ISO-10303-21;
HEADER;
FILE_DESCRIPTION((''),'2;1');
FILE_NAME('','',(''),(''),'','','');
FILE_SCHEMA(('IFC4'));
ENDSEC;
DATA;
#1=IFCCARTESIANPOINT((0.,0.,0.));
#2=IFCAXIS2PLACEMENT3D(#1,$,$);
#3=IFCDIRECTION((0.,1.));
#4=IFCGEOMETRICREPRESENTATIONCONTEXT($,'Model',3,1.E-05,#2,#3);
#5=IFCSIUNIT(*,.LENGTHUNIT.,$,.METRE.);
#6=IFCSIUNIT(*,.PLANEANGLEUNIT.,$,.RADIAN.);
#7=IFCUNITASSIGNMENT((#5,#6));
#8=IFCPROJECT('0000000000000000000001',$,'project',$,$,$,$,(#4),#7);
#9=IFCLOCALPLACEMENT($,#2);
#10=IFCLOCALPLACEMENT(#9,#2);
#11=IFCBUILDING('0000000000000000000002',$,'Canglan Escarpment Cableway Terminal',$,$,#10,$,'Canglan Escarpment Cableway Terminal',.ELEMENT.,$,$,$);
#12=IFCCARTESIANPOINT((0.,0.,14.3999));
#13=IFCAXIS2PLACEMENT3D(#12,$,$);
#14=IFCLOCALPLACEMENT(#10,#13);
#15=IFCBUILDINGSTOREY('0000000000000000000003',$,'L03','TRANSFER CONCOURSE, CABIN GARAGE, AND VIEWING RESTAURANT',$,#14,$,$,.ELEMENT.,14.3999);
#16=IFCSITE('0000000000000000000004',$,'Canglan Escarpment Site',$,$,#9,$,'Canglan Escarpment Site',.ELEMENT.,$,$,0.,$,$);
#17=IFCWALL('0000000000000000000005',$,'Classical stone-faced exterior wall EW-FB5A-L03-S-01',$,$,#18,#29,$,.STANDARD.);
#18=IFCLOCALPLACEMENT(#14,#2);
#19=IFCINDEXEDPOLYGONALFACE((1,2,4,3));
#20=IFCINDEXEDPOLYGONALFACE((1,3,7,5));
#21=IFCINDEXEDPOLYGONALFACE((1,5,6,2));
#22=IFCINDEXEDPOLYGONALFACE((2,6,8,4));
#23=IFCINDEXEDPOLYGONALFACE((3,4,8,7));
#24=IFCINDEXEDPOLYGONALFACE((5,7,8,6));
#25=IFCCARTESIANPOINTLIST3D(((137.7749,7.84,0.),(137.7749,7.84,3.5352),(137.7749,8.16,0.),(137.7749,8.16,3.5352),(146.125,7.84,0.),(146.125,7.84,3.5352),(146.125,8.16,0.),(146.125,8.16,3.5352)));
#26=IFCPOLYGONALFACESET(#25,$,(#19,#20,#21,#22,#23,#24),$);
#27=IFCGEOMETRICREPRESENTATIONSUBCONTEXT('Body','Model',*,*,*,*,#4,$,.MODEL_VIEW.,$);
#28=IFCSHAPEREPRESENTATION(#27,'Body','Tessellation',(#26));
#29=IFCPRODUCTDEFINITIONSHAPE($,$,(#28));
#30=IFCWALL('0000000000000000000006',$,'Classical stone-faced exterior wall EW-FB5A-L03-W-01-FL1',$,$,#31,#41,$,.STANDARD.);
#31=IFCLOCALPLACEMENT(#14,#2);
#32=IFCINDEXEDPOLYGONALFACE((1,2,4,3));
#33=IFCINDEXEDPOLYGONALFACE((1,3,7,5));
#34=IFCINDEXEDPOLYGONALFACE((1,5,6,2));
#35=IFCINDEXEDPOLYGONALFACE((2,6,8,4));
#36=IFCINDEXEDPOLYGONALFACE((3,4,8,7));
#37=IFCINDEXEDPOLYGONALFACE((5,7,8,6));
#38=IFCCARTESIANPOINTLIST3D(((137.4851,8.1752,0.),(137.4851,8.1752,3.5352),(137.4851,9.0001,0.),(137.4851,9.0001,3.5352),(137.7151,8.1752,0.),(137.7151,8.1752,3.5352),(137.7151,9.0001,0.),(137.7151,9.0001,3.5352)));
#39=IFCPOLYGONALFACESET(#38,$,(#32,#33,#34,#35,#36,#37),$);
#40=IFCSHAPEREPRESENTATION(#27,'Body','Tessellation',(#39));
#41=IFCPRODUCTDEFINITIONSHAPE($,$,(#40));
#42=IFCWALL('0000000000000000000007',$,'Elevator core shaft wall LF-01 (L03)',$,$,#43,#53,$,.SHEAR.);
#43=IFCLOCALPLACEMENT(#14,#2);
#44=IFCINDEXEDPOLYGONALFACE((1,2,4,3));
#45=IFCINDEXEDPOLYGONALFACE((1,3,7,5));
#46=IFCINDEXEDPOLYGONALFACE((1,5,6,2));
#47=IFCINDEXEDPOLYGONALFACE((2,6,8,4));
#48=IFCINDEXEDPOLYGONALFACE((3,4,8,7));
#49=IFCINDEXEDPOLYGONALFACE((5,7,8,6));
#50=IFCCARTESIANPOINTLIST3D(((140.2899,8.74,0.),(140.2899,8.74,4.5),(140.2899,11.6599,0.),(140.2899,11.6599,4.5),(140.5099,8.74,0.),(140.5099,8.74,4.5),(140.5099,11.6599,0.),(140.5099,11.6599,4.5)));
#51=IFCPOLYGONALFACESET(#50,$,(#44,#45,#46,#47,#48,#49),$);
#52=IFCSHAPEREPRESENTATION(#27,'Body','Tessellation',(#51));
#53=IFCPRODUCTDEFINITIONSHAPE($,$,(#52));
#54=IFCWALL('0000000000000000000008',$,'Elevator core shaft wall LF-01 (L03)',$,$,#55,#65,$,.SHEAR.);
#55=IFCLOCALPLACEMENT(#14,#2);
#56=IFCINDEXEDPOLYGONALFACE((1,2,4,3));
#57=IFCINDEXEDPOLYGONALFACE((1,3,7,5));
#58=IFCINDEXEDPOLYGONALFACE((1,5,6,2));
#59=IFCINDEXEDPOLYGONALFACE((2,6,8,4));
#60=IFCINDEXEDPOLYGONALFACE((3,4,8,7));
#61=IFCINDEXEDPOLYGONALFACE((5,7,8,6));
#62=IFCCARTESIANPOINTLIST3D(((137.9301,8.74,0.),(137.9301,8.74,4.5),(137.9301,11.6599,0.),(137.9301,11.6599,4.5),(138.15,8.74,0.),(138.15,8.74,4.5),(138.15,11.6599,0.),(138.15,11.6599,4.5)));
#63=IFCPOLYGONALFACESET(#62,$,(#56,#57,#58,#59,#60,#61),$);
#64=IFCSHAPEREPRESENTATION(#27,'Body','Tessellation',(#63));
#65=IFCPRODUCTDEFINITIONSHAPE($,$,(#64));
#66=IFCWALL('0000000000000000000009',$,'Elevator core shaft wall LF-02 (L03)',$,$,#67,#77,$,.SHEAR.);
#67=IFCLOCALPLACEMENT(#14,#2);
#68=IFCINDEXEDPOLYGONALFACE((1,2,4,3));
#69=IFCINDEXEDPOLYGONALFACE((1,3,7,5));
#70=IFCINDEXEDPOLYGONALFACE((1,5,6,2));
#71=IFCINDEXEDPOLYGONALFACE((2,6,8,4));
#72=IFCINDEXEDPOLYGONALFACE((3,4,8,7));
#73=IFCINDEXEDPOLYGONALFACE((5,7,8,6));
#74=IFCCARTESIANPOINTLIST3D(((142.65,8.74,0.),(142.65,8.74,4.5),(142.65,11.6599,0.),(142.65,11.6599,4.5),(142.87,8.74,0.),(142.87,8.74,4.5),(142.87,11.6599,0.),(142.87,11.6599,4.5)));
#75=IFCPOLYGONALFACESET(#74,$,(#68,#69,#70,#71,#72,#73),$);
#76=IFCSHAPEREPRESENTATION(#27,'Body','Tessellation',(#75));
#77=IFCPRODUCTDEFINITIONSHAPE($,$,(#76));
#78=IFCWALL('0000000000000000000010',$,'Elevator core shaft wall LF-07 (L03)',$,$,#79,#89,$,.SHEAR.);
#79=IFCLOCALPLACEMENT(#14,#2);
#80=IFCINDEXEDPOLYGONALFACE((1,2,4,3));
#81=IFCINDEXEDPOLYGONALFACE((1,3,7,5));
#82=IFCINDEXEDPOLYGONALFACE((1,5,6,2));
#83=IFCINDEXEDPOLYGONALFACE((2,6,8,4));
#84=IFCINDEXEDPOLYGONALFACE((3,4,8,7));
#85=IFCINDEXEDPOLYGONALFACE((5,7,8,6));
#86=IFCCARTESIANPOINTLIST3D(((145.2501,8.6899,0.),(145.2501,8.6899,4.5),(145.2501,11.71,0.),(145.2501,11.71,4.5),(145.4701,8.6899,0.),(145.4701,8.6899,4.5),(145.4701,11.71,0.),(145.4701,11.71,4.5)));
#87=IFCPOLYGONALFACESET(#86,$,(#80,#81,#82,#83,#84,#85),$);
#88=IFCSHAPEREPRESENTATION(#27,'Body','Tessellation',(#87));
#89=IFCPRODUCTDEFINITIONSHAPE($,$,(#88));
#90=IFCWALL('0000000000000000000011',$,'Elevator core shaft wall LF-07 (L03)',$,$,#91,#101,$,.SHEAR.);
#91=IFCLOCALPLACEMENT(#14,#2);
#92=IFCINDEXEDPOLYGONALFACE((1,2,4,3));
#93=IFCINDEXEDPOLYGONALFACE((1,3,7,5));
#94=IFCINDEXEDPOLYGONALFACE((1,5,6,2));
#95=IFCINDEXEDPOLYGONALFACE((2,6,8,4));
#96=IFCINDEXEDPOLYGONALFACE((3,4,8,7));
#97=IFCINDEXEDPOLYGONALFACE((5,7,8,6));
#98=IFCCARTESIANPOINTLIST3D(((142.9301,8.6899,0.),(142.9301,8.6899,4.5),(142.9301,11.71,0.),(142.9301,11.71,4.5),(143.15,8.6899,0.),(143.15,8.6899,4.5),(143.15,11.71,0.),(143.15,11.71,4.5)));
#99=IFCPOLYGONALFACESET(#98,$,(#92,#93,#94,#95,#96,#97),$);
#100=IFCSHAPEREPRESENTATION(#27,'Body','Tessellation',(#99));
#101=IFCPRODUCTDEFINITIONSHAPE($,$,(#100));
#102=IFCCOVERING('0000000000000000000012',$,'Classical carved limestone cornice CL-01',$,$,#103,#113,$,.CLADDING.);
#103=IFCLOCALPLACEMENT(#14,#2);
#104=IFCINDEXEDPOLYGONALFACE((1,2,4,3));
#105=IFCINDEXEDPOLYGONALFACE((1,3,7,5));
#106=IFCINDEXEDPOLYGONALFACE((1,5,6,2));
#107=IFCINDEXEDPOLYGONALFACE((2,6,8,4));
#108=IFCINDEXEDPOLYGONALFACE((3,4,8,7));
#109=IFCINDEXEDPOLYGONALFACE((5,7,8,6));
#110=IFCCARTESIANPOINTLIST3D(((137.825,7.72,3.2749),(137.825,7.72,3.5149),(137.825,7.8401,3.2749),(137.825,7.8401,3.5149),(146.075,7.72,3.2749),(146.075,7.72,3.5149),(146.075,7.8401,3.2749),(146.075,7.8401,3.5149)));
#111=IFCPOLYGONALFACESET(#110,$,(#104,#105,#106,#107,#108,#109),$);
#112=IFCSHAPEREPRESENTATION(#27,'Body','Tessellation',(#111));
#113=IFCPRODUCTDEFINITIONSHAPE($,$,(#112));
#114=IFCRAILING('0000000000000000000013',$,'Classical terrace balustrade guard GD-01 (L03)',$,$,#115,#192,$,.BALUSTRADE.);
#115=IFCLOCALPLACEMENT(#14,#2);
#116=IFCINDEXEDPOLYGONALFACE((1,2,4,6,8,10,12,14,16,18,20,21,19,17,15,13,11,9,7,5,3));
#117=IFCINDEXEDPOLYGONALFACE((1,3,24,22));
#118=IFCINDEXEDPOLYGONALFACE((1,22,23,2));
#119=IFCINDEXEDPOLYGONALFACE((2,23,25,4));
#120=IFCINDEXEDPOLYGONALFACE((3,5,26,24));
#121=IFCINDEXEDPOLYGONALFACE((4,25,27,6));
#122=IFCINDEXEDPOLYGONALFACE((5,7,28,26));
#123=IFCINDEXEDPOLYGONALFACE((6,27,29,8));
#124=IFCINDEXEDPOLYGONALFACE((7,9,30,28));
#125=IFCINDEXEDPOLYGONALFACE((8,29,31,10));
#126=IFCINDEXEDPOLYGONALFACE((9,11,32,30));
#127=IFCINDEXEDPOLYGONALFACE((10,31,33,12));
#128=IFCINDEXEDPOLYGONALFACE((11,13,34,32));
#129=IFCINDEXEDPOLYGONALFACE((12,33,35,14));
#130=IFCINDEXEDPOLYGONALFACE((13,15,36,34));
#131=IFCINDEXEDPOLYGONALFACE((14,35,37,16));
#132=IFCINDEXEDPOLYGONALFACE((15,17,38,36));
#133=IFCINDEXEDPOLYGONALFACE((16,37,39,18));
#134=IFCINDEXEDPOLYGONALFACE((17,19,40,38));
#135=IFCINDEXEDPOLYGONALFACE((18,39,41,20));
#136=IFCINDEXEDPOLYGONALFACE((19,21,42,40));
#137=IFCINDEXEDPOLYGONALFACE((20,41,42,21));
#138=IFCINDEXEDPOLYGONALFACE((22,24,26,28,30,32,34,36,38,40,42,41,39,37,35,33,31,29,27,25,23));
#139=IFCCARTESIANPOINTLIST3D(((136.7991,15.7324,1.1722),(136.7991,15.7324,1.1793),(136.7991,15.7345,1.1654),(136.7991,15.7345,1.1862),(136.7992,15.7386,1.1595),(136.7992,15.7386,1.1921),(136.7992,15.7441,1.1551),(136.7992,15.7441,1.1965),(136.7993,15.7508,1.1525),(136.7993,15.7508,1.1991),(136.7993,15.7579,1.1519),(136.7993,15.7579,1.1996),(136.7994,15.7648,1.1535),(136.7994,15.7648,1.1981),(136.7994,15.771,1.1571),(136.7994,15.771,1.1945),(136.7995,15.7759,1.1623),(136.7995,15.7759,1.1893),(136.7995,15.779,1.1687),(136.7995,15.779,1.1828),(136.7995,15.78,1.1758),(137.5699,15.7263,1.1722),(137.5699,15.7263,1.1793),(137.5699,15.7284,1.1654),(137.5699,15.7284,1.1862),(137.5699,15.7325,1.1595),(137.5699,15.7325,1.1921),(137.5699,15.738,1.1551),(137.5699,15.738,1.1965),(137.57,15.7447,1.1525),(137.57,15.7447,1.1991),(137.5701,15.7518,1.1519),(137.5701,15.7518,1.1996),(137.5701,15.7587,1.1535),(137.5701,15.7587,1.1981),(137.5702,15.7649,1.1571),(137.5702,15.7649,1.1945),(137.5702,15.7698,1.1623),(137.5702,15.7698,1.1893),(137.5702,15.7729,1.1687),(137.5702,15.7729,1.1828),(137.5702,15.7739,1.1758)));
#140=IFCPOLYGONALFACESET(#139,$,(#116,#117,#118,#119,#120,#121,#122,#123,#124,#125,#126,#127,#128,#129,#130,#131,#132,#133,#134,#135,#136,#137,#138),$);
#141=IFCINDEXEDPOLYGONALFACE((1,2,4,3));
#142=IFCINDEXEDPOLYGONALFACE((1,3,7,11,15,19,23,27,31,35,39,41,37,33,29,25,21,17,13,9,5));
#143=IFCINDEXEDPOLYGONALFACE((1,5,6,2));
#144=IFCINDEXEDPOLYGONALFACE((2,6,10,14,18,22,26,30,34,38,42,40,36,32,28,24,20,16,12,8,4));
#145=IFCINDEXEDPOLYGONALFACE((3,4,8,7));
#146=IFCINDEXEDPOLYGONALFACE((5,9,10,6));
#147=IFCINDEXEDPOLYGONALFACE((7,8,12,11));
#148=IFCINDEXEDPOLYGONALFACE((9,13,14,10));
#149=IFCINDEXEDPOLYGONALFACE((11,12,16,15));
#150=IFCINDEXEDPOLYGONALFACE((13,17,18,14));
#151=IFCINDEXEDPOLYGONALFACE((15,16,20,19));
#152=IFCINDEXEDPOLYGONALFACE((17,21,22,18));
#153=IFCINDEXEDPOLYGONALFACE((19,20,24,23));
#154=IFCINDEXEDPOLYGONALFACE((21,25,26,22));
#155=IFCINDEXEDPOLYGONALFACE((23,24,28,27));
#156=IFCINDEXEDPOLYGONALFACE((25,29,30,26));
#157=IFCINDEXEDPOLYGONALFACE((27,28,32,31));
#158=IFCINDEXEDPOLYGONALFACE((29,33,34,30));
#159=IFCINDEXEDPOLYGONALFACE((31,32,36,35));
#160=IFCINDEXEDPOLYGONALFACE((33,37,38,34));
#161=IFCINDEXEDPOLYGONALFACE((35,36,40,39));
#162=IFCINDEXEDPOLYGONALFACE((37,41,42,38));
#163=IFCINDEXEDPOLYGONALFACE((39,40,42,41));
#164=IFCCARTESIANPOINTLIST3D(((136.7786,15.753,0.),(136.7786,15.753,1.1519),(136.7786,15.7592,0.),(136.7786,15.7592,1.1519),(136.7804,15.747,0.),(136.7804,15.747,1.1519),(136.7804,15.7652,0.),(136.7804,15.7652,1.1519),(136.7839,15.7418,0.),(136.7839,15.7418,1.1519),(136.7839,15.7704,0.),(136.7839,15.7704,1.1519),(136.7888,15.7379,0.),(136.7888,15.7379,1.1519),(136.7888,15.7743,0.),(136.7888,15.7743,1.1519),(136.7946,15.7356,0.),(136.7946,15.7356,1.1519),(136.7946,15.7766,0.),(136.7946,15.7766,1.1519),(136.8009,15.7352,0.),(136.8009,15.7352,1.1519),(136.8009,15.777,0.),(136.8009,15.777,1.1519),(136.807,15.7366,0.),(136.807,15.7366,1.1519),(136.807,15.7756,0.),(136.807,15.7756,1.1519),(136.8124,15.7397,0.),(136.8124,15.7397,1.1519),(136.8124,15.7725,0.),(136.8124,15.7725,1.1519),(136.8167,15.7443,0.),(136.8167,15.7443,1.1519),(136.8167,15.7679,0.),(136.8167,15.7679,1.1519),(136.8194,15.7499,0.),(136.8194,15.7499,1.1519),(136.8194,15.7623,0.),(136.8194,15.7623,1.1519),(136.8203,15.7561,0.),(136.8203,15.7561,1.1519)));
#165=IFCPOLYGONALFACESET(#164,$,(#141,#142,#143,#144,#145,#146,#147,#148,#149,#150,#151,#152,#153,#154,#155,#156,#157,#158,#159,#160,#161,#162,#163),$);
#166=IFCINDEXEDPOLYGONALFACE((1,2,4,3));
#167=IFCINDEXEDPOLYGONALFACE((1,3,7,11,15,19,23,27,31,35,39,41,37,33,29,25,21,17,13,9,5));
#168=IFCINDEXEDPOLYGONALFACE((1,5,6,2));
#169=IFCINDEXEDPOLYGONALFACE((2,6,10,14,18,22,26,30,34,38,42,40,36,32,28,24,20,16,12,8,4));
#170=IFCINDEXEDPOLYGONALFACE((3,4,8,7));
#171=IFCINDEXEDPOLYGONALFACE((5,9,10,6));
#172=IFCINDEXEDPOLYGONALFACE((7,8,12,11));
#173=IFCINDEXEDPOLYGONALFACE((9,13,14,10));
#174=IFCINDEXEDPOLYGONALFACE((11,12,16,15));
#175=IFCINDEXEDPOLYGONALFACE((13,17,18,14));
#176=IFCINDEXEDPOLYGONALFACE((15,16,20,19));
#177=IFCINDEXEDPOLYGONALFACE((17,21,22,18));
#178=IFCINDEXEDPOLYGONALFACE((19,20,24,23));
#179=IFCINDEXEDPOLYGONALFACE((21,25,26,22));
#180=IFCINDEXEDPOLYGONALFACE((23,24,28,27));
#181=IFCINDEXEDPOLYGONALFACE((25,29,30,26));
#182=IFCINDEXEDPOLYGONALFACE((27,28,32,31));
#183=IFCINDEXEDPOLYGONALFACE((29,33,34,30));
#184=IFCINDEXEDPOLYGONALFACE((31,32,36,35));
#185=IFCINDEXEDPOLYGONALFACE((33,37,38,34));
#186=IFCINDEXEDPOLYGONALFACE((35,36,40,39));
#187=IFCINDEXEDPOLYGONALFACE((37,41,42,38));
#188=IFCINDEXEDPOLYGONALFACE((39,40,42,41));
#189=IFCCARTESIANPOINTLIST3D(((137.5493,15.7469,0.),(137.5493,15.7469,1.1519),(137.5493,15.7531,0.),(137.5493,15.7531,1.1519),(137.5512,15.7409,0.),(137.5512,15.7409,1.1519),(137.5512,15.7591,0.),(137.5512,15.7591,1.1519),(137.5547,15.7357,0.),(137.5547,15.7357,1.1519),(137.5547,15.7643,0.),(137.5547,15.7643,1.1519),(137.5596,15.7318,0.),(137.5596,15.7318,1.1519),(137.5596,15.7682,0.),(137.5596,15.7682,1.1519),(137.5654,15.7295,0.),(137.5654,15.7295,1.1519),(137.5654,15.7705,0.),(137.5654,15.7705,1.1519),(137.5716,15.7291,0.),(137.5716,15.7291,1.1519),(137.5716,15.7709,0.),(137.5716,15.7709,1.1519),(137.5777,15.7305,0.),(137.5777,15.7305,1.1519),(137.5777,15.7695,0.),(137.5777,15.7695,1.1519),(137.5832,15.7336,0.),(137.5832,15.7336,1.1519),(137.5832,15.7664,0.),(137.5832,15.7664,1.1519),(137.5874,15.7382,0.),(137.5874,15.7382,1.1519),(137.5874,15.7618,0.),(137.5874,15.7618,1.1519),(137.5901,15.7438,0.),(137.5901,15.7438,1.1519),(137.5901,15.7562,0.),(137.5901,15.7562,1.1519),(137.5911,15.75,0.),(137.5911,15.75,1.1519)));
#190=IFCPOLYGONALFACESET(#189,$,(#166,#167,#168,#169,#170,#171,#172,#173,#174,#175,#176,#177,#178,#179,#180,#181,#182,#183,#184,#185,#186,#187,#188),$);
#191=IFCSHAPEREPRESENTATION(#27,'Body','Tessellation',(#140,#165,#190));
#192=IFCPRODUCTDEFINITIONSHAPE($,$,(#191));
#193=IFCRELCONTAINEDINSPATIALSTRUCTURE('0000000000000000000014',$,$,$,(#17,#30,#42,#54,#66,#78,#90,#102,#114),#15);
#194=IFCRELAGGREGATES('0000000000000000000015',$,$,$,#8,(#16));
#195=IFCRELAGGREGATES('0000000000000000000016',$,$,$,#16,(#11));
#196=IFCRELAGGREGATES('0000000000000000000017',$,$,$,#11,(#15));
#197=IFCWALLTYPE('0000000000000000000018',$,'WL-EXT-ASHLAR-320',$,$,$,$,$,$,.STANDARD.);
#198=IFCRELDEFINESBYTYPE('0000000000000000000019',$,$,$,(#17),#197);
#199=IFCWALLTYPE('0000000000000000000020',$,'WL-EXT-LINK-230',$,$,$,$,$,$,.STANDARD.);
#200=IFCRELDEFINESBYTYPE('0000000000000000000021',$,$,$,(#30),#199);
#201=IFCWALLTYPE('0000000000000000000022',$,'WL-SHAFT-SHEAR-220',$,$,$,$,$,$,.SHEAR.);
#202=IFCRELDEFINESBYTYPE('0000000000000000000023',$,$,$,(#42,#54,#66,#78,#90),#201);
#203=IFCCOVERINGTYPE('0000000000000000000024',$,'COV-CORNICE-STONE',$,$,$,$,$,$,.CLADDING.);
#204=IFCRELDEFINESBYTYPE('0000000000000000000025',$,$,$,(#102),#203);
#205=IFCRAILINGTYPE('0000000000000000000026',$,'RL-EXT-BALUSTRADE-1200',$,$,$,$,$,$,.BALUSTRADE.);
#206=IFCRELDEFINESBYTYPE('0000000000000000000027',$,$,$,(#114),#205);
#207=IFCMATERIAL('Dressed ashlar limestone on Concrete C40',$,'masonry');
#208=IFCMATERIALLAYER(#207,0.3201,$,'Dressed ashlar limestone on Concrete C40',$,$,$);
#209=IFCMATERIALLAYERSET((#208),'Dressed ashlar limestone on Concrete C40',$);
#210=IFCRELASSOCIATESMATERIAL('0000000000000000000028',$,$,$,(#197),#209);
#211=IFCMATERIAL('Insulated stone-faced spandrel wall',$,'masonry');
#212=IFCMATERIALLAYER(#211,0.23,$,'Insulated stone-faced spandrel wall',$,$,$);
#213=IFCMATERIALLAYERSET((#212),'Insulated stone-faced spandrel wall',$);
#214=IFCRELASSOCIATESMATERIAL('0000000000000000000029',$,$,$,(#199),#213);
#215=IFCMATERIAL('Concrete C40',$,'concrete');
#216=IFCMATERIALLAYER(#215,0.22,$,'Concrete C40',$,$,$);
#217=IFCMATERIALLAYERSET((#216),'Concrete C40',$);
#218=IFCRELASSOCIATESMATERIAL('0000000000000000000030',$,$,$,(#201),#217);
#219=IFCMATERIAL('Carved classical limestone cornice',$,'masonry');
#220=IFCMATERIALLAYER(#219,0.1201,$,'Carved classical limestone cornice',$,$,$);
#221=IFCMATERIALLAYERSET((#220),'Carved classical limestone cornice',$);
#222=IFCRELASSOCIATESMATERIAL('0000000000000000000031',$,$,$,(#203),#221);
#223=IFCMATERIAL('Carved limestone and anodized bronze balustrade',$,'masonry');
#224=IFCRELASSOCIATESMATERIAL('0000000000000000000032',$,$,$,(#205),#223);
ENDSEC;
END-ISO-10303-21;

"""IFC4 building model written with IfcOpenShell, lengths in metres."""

from ifc_helpers import new_model, si_unit, direction, frame, frame_2d, origin, origin_2d, place, context, subcontext, project, spatial, rectangle, circle, extrude, material, layer, layer_set, type_object, element, save


model = new_model("IFC4")

# Units and contexts
model_context = context("Model", 3, precision=1e-05, world=origin(), true_north=direction((0.0, 1.0)))
body_context = subcontext(model_context, "Body", "Model", "MODEL_VIEW")
ifc_project = project(units=[si_unit("LENGTHUNIT", "METRE"), si_unit("PLANEANGLEUNIT", "RADIAN")], contexts=[model_context])

# Site, building, storey
site_placement = place(None, origin())
site = spatial("IfcSite", under=ifc_project, at=site_placement, Name="Canglan Escarpment Site", LongName="Canglan Escarpment Site", CompositionType="ELEMENT", RefElevation=0.0)
building_placement = place(site_placement, origin())
building = spatial("IfcBuilding", under=site, at=building_placement, Name="Canglan Escarpment Cableway Terminal", LongName="Canglan Escarpment Cableway Terminal", CompositionType="ELEMENT")
storey_placement = place(building_placement, frame((0.0, 0.0, 14.3999)))
storey = spatial("IfcBuildingStorey", under=building, at=storey_placement, Name="L03", Description="TRANSFER CONCOURSE, CABIN GARAGE, AND VIEWING RESTAURANT", CompositionType="ELEMENT", Elevation=14.3999)

# Shared definitions
ifc_material_1 = material(Name="Concrete C40", Category="concrete")

# Walls
ifc_material_2 = material(Name="Dressed ashlar limestone on Concrete C40", Category="masonry")
ifc_layer_1 = layer(ifc_material_2, 0.3201, Name="Dressed ashlar limestone on Concrete C40")
ifc_layer_set_1 = layer_set([ifc_layer_1], Name="Dressed ashlar limestone on Concrete C40")
wall_type_1 = type_object("IfcWallType", Name="WL-EXT-ASHLAR-320", PredefinedType="STANDARD", material=ifc_layer_set_1)
wall_1_placement = place(storey_placement, frame((137.7749, 8.0, 0.0), z_axis=(0.0, 0.0, 1.0), x_axis=(1.0, 0.0, 0.0)))
element("IfcWall", 1, at=wall_1_placement, inside=storey, type_object=wall_type_1, Name="Classical stone-faced exterior wall EW-FB5A-L03-S-01", PredefinedType="STANDARD", context=body_context, shape_type="SweptSolid", body=[
    extrude(rectangle(XDim=8.3501, YDim=0.3201, at=frame_2d((4.175, 0.0))), origin(), (0.0, 0.0, 1.0), 3.5352),
])
ifc_material_3 = material(Name="Insulated stone-faced spandrel wall", Category="masonry")
ifc_layer_2 = layer(ifc_material_3, 0.23, Name="Insulated stone-faced spandrel wall")
ifc_layer_set_2 = layer_set([ifc_layer_2], Name="Insulated stone-faced spandrel wall")
wall_type_2 = type_object("IfcWallType", Name="WL-EXT-LINK-230", PredefinedType="STANDARD", material=ifc_layer_set_2)
wall_2_placement = place(storey_placement, frame((137.6001, 8.175, 0.0), z_axis=(0.0, 0.0, 1.0), x_axis=(0.0, 1.0, 0.0)))
element("IfcWall", 2, at=wall_2_placement, inside=storey, type_object=wall_type_2, Name="Classical stone-faced exterior wall EW-FB5A-L03-W-01-FL1", PredefinedType="STANDARD", context=body_context, shape_type="SweptSolid", body=[
    extrude(rectangle(XDim=0.825, YDim=0.23, at=frame_2d((0.4126, 0.0))), origin(), (0.0, 0.0, 1.0), 3.5352),
])
ifc_layer_3 = layer(ifc_material_1, 0.22, Name="Concrete C40")
ifc_layer_set_3 = layer_set([ifc_layer_3], Name="Concrete C40")
wall_type_3 = type_object("IfcWallType", Name="WL-SHAFT-SHEAR-220", PredefinedType="SHEAR", material=ifc_layer_set_3)
wall_3_placement = place(storey_placement, frame((140.3999, 8.74, 0.0), z_axis=(0.0, 0.0, 1.0), x_axis=(0.0, 1.0, 0.0)))
element("IfcWall", 3, at=wall_3_placement, inside=storey, type_object=wall_type_3, Name="Elevator core shaft wall LF-01 (L03)", PredefinedType="SHEAR", context=body_context, shape_type="SweptSolid", body=[
    extrude(rectangle(XDim=2.9199, YDim=0.22, at=frame_2d((1.46, 0.0))), origin(), (0.0, 0.0, 1.0), 4.5),
])

# Walls
wall_4_placement = place(storey_placement, frame((138.04, 11.6599, 0.0), z_axis=(0.0, 0.0, 1.0), x_axis=(0.0, -1.0, 0.0)))
element("IfcWall", 4, at=wall_4_placement, inside=storey, type_object=wall_type_3, Name="Elevator core shaft wall LF-01 (L03)", PredefinedType="SHEAR", context=body_context, shape_type="SweptSolid", body=[
    extrude(rectangle(XDim=2.9199, YDim=0.22, at=frame_2d((1.46, 0.0))), origin(), (0.0, 0.0, 1.0), 4.5),
])
wall_5_placement = place(storey_placement, frame((142.76, 8.74, 0.0), z_axis=(0.0, 0.0, 1.0), x_axis=(0.0, 1.0, 0.0)))
element("IfcWall", 5, at=wall_5_placement, inside=storey, type_object=wall_type_3, Name="Elevator core shaft wall LF-02 (L03)", PredefinedType="SHEAR", context=body_context, shape_type="SweptSolid", body=[
    extrude(rectangle(XDim=2.9199, YDim=0.22, at=frame_2d((1.46, 0.0))), origin(), (0.0, 0.0, 1.0), 4.5),
])

# Walls
for number, where, z_axis, x_axis, name in (
    (6, (145.3601, 8.6899, 0.0), (0.0, 0.0, 1.0), (0.0, 1.0, 0.0), "Elevator core shaft wall LF-07 (L03)"),
    (7, (143.04, 11.71, 0.0), (0.0, 0.0, 1.0), (0.0, -1.0, 0.0), "Elevator core shaft wall LF-07 (L03)"),
):
    element("IfcWall", number, at=place(storey_placement, frame(where, z_axis=z_axis, x_axis=x_axis)), inside=storey, type_object=wall_type_3, Name=name, PredefinedType="SHEAR", context=body_context, shape_type="SweptSolid", body=[
        extrude(rectangle(XDim=3.02, YDim=0.22, at=frame_2d((1.51, 0.0))), origin(), (0.0, 0.0, 1.0), 4.5),
    ])

# Covering
ifc_material_4 = material(Name="Carved classical limestone cornice", Category="masonry")
ifc_layer_4 = layer(ifc_material_4, 0.1201, Name="Carved classical limestone cornice")
ifc_layer_set_4 = layer_set([ifc_layer_4], Name="Carved classical limestone cornice")
covering_type = type_object("IfcCoveringType", Name="COV-CORNICE-STONE", PredefinedType="CLADDING", material=ifc_layer_set_4)
covering_placement = place(storey_placement, frame((141.95, 7.78, 3.2749), z_axis=(0.0, 0.0, 1.0), x_axis=(1.0, 0.0, 0.0)))
element("IfcCovering", 8, at=covering_placement, inside=storey, type_object=covering_type, Name="Classical carved limestone cornice CL-01", PredefinedType="CLADDING", context=body_context, shape_type="SweptSolid", body=[
    extrude(rectangle(XDim=8.25, YDim=0.1201, at=origin_2d()), origin(), (0.0, 0.0, 1.0), 0.24),
])

# Railing
ifc_material_5 = material(Name="Carved limestone and anodized bronze balustrade", Category="masonry")
railing_type = type_object("IfcRailingType", Name="RL-EXT-BALUSTRADE-1200", PredefinedType="BALUSTRADE", material=ifc_material_5)
railing_1_placement = place(storey_placement, frame((136.7993, 15.7561, 0.0)))
element("IfcRailing", 9, at=railing_1_placement, inside=storey, type_object=railing_type, Name="Classical terrace balustrade guard GD-01 (L03)", PredefinedType="BALUSTRADE", context=body_context, shape_type="SweptSolid", body=[
    extrude(circle(Radius=0.0239, at=origin_2d()), frame((0.0, 0.0, 1.1758), z_axis=(0.999969, -0.007919, 0.0), x_axis=(0.007919, 0.999969, 0.0)), (0.0, 0.0, 1.0), 0.7708),
    extrude(circle(Radius=0.021, at=origin_2d()), origin(), (0.0, 0.0, 1.0), 1.1519),
    extrude(circle(Radius=0.021, at=origin_2d()), frame((0.7708, -0.0061, 0.0)), (0.0, 0.0, 1.0), 1.1519),
])

save(model, "model.ifc")
